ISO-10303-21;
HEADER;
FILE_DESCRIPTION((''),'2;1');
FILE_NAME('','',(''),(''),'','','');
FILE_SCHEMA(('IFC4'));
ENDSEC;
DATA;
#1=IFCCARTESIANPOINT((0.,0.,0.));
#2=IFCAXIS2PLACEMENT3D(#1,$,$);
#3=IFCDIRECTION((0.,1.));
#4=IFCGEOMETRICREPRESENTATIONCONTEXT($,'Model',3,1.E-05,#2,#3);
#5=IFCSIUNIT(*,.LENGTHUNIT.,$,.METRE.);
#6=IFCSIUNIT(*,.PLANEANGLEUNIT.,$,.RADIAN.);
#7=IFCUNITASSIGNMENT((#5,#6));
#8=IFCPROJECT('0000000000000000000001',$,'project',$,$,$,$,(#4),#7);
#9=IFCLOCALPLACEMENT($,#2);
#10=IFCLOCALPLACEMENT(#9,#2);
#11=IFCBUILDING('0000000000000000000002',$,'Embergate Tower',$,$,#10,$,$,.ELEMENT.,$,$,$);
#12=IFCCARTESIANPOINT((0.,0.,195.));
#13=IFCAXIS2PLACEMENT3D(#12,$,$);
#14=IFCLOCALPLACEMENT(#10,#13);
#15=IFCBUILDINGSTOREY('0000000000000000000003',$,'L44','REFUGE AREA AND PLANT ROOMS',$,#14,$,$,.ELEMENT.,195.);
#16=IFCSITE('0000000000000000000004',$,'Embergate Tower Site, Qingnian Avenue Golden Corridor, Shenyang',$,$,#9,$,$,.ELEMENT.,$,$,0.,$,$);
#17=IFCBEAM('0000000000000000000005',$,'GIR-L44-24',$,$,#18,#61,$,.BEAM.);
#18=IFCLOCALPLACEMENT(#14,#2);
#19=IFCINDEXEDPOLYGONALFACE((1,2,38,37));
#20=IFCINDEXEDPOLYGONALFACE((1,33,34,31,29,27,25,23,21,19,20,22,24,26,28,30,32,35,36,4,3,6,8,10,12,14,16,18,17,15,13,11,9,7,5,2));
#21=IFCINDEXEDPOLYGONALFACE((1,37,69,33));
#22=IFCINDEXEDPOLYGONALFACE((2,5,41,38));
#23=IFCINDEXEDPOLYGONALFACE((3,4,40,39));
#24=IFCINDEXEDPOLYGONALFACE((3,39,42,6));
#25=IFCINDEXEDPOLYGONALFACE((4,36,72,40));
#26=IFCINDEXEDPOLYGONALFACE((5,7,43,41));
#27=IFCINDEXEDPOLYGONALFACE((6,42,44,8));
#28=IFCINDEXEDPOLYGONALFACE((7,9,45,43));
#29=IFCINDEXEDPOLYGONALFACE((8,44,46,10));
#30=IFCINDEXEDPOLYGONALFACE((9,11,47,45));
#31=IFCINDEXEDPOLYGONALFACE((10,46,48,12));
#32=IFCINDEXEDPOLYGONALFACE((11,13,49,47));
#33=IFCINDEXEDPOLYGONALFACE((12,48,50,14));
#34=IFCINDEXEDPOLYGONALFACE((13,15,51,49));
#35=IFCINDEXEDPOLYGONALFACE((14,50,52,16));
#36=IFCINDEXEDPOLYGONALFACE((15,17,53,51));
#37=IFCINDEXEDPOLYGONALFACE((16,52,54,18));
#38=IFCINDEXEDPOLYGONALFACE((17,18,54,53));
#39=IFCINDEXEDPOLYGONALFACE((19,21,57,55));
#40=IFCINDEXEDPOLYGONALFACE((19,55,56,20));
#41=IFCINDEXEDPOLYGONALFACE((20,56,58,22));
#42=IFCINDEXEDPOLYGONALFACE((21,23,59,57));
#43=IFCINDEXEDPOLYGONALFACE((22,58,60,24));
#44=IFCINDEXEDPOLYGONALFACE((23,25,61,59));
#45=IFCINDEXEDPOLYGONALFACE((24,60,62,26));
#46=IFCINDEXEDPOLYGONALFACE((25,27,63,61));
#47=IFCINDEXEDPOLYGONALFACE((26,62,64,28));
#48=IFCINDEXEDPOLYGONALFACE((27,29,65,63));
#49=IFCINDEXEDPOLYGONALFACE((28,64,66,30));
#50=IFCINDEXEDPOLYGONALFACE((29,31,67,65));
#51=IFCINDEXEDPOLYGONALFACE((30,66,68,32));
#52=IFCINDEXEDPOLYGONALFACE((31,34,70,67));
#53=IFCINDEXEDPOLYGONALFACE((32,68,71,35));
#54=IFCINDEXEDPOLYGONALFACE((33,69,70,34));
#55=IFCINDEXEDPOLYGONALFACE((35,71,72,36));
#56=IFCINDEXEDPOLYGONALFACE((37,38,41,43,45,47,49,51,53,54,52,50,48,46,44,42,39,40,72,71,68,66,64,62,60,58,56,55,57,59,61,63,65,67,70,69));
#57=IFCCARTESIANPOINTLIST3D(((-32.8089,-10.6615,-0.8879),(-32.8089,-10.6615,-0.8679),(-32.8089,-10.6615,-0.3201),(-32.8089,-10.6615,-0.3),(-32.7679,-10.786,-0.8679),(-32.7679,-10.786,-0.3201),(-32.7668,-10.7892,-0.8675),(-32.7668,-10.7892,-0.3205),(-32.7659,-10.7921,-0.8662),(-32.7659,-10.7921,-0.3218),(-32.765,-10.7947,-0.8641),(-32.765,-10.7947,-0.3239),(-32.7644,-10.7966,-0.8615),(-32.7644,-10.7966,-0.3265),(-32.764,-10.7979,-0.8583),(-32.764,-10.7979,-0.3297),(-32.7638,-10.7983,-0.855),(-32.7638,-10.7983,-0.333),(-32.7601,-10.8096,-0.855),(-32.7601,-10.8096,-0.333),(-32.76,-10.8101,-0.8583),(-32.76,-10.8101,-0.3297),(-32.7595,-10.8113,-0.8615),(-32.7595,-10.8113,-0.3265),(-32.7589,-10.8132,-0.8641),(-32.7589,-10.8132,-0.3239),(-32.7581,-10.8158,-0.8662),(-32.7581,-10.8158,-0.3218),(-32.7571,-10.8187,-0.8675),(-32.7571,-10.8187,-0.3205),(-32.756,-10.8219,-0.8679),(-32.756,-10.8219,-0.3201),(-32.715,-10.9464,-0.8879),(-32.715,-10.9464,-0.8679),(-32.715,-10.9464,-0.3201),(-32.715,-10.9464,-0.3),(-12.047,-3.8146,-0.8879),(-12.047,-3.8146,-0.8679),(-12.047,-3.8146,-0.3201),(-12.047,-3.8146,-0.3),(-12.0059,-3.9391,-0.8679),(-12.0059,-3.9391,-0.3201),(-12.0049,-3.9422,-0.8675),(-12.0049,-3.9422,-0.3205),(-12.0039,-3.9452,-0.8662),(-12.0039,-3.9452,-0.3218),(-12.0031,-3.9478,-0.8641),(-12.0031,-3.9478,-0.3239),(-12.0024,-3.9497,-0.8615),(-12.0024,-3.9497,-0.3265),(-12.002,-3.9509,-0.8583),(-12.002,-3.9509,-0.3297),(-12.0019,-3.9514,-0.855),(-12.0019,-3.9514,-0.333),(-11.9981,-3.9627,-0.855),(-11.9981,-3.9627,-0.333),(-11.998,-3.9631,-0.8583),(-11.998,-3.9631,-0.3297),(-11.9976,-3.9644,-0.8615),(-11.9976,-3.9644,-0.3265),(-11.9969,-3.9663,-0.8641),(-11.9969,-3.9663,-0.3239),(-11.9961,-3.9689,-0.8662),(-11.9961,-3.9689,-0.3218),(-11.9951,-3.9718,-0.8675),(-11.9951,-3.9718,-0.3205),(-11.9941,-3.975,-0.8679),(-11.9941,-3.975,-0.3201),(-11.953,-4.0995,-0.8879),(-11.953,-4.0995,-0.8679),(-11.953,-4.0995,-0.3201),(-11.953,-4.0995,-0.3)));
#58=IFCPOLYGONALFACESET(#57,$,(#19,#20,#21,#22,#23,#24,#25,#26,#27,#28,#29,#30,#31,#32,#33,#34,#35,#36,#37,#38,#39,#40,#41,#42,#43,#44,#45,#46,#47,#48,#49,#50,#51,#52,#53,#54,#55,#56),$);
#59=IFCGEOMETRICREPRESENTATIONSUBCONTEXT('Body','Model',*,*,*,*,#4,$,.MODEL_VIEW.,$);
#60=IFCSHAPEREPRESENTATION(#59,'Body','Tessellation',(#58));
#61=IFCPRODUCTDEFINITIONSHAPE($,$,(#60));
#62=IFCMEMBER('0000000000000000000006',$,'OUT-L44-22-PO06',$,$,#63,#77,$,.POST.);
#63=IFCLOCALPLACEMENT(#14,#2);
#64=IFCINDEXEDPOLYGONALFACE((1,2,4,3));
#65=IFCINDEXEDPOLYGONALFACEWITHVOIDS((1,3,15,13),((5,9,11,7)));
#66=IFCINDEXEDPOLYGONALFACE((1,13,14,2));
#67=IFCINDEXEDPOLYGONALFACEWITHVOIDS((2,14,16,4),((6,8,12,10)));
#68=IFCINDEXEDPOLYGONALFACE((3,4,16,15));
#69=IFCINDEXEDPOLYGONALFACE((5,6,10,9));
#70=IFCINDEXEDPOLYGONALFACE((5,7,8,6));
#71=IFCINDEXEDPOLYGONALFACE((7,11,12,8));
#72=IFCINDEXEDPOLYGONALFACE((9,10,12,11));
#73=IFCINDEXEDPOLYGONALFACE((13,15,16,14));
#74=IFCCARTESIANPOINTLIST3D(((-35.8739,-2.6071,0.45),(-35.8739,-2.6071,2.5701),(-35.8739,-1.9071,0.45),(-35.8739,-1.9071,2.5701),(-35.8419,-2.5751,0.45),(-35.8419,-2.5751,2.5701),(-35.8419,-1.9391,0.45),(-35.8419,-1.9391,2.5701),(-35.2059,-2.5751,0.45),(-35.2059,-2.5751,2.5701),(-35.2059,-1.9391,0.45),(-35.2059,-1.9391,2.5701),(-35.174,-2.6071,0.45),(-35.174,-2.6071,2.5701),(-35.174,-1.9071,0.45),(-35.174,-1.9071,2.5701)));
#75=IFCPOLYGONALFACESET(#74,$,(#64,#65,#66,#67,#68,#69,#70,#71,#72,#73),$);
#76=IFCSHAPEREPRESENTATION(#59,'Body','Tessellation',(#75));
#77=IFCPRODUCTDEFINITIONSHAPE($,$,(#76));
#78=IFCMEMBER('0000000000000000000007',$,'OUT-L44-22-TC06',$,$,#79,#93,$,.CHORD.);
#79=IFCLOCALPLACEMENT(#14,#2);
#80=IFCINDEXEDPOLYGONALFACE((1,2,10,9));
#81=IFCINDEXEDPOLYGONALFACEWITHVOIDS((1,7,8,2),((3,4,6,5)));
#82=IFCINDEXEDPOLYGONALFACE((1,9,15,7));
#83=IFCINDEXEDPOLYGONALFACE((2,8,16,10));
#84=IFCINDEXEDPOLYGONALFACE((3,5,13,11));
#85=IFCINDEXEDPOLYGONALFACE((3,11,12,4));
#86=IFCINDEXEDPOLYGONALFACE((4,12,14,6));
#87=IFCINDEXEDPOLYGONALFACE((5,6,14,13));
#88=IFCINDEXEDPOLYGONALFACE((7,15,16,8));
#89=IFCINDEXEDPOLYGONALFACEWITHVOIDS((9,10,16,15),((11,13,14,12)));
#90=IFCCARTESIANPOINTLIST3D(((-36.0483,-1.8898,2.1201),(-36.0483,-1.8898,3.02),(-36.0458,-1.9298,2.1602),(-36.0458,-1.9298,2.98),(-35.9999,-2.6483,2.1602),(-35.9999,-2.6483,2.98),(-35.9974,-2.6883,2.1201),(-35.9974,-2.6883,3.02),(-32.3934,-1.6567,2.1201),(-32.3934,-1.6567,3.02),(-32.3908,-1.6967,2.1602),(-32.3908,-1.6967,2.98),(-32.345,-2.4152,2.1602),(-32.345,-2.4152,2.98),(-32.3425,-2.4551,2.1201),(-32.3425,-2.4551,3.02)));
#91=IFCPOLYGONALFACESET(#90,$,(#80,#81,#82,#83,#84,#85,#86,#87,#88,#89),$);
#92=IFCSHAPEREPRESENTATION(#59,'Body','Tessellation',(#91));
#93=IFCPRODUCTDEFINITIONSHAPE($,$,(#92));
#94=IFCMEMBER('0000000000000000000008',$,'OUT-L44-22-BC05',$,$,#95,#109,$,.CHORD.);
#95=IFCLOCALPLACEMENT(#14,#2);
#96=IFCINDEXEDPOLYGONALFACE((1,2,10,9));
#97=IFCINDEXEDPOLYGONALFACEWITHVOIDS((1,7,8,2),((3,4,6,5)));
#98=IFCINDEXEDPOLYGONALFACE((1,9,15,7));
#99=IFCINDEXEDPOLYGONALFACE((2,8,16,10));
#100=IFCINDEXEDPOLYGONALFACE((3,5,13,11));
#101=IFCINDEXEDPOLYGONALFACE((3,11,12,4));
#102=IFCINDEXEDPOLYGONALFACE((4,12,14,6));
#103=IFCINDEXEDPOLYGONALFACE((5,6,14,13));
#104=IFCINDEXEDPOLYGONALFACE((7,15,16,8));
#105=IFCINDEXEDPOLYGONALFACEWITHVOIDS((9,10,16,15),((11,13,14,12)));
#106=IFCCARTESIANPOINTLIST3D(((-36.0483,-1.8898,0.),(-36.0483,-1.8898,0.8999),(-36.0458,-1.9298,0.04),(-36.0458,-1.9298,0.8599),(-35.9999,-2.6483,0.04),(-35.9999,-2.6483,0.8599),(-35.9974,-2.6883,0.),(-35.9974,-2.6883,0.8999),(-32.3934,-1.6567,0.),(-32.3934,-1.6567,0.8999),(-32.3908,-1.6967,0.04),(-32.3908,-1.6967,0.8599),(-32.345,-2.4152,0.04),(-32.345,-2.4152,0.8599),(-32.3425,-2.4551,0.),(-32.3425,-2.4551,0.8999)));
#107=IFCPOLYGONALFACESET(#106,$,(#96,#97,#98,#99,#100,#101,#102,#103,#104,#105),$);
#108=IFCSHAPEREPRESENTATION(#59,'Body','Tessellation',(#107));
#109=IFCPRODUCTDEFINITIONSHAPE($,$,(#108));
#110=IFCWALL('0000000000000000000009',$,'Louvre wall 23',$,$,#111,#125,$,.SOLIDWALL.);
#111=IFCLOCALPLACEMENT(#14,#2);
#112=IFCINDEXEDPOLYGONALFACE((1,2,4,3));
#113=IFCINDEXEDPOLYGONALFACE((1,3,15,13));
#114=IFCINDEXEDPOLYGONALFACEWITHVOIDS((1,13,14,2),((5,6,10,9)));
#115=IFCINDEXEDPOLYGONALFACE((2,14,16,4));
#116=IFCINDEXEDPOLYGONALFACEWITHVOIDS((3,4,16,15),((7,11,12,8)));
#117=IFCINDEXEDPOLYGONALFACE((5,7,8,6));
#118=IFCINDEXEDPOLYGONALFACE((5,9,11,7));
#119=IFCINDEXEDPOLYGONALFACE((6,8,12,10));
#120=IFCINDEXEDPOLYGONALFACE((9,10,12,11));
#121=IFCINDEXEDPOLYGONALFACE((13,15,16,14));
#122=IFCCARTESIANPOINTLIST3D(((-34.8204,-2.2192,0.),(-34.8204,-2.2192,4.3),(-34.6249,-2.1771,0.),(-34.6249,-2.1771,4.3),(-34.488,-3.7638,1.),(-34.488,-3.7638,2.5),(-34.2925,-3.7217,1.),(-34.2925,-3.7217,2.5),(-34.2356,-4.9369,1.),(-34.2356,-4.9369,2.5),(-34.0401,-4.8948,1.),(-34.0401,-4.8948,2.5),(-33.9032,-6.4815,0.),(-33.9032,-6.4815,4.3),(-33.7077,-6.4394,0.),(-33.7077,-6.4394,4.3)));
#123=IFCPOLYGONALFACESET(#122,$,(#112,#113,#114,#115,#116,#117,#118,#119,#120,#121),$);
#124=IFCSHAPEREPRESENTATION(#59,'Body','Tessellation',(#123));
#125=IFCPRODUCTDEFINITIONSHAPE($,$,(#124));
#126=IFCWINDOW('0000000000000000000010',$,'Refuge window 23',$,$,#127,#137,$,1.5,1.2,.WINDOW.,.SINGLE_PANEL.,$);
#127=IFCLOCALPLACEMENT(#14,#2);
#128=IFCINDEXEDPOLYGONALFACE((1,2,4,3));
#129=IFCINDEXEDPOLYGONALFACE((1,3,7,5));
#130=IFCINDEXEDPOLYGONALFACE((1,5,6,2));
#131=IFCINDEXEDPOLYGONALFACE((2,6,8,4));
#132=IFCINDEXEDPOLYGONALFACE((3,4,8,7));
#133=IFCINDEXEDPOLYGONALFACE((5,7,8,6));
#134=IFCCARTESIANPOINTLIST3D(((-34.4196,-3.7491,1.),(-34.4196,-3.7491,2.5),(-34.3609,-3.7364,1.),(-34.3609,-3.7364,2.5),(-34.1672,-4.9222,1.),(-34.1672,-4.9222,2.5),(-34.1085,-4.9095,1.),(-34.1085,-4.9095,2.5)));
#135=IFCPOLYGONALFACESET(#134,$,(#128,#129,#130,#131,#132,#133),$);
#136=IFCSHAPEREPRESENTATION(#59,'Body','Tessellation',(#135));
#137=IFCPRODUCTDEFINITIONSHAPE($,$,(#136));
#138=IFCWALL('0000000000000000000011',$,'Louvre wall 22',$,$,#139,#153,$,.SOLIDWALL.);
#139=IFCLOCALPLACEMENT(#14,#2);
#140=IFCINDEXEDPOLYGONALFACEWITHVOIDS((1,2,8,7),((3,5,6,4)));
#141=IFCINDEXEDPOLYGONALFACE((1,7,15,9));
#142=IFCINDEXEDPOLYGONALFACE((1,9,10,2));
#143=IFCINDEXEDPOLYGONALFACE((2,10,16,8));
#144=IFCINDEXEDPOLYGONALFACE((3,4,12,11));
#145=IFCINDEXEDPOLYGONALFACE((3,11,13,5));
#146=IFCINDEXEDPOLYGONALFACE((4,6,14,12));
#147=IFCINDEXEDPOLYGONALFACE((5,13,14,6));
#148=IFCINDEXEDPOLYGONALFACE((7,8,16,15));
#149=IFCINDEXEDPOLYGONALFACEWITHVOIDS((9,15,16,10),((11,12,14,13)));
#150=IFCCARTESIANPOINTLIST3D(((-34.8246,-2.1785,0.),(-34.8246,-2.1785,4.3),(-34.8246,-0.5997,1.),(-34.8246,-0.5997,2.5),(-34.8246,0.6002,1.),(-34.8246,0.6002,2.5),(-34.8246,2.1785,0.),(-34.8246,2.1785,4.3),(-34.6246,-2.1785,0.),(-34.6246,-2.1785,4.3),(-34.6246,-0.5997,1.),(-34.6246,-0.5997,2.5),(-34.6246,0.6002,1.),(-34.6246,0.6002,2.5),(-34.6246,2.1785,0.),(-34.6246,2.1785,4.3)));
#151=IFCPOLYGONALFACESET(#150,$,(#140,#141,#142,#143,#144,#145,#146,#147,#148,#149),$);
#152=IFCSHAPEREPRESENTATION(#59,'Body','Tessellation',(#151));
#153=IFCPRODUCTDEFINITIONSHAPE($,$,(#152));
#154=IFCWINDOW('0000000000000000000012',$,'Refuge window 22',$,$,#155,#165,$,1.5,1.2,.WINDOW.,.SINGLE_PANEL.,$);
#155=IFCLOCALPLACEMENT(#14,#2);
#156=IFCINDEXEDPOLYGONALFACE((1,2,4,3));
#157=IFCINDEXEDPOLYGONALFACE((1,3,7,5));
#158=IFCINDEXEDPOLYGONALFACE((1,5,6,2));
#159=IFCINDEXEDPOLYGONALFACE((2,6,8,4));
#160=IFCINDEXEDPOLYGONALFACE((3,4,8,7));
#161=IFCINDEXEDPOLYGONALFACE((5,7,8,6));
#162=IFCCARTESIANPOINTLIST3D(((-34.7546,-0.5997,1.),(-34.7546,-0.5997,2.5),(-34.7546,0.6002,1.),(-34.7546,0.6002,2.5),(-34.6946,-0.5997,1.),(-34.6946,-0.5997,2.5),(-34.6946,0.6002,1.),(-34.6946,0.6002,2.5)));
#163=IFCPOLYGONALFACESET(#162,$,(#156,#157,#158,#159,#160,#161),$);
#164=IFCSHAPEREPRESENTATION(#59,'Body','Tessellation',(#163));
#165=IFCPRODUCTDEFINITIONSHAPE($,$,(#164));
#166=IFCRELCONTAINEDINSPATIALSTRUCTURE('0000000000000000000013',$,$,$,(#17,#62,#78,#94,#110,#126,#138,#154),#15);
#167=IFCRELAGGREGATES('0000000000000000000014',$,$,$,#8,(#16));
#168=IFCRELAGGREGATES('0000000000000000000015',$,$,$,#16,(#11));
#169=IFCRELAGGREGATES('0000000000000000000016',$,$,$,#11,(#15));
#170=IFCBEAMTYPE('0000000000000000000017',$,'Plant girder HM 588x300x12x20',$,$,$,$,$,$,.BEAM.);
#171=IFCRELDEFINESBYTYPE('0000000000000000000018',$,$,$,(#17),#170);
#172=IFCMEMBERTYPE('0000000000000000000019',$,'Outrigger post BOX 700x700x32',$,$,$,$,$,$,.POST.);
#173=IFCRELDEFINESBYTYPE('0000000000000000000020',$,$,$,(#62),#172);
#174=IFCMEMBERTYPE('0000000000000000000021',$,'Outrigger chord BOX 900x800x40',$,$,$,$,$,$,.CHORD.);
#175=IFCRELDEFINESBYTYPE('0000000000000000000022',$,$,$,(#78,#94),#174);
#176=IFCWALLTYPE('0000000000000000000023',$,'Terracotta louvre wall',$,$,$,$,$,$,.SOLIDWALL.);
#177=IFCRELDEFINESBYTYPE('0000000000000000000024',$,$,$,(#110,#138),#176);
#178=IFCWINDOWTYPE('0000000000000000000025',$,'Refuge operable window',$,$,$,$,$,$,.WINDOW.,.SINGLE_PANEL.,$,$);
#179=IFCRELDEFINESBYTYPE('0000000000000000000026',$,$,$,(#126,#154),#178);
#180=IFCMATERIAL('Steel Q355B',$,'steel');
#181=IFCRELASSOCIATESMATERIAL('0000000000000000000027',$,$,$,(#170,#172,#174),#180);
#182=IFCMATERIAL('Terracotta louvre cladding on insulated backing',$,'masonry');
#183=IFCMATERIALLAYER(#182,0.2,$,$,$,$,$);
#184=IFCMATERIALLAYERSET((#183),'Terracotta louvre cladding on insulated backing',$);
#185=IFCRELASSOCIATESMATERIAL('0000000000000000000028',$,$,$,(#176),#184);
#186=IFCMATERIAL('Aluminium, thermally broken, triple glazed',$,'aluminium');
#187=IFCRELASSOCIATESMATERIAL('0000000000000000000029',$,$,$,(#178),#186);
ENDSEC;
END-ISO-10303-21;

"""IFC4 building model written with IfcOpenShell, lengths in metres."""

from ifc_helpers import new_model, si_unit, direction, frame, frame_2d, origin, origin_2d, place, context, subcontext, project, spatial, rectangle, hollow_rectangle, i_section, extrude, source, transform, mapped, material, layer, layer_set, material_profile, profile_set, type_object, element, fill, save


model = new_model("IFC4")

# Units and contexts
model_context = context("Model", 3, precision=1e-05, world=origin(), true_north=direction((0.0, 1.0)))
body_context = subcontext(model_context, "Body", "Model", "MODEL_VIEW")
ifc_project = project(units=[si_unit("LENGTHUNIT", "METRE"), si_unit("PLANEANGLEUNIT", "RADIAN")], contexts=[model_context])

# Site, building, storey
site_placement = place(None, origin())
site = spatial("IfcSite", under=ifc_project, at=site_placement, Name="Embergate Tower Site, Qingnian Avenue Golden Corridor, Shenyang", CompositionType="ELEMENT", RefElevation=0.0)
building_placement = place(site_placement, origin())
building = spatial("IfcBuilding", under=site, at=building_placement, Name="Embergate Tower", CompositionType="ELEMENT")
storey_placement = place(building_placement, frame((0.0, 0.0, 195.0)))
storey = spatial("IfcBuildingStorey", under=building, at=storey_placement, Name="L44", Description="REFUGE AREA AND PLANT ROOMS", CompositionType="ELEMENT", Elevation=195.0)

# Beam
ifc_material_1 = material(Name="Steel Q355B", Category="steel")
ifc_material_profile_1 = material_profile(ifc_material_1, i_section(OverallWidth=0.3, OverallDepth=0.5879, WebThickness=0.012, FlangeThickness=0.02, FilletRadius=0.0129, at=origin_2d()), Name="HM 588x300x12x20")
ifc_profile_set_1 = profile_set([ifc_material_profile_1], Name="Steel Q355 grade B")
beam_type_1 = type_object("IfcBeamType", Name="Plant girder HM 588x300x12x20", PredefinedType="BEAM", material=ifc_profile_set_1)
shared_shape_1 = source(origin(), body_context, "Body", "SweptSolid", [
    extrude(i_section(OverallWidth=0.3, OverallDepth=0.5879, WebThickness=0.012, FlangeThickness=0.02, FilletRadius=0.0129, at=origin_2d()), origin(), (0.0, 0.0, 1.0), 21.8618),
])
beam_1_placement = place(storey_placement, frame((-32.762, -10.804, -0.594), z_axis=(0.94969, 0.313191, 0.0), x_axis=(-0.313191, 0.94969, 0.0)))
element("IfcBeam", 1, at=beam_1_placement, inside=storey, type_object=beam_type_1, Name="GIR-L44-24", PredefinedType="BEAM", context=body_context, shape_type="MappedRepresentation", body=[
    mapped(shared_shape_1, transform((0.0, 0.0, 0.0))),
])

# Members
ifc_material_profile_2 = material_profile(ifc_material_1, hollow_rectangle(XDim=0.7, YDim=0.7, WallThickness=0.032, at=origin_2d()), Name="BOX 700x700x32")
ifc_profile_set_2 = profile_set([ifc_material_profile_2], Name="Steel Q355 grade B")
member_type_1 = type_object("IfcMemberType", Name="Outrigger post BOX 700x700x32", PredefinedType="POST", material=ifc_profile_set_2)
shared_shape_2 = source(origin(), body_context, "Body", "SweptSolid", [
    extrude(hollow_rectangle(XDim=0.7, YDim=0.7, WallThickness=0.032, at=origin_2d()), origin(), (0.0, 0.0, 1.0), 2.1201),
])
member_placement = place(storey_placement, frame((-35.5239, -2.2571, 0.45), z_axis=(0.0, 0.0, 1.0), x_axis=(1.0, 0.0, 0.0)))
element("IfcMember", 2, at=member_placement, inside=storey, type_object=member_type_1, Name="OUT-L44-22-PO06", PredefinedType="POST", context=body_context, shape_type="MappedRepresentation", body=[
    mapped(shared_shape_2, transform((0.0, 0.0, 0.0))),
])
ifc_material_profile_3 = material_profile(ifc_material_1, hollow_rectangle(XDim=0.8, YDim=0.8999, WallThickness=0.04, at=origin_2d()), Name="BOX 900x800x40")
ifc_profile_set_3 = profile_set([ifc_material_profile_3], Name="Steel Q355 grade B")
member_type_2 = type_object("IfcMemberType", Name="Outrigger chord BOX 900x800x40", PredefinedType="CHORD", material=ifc_profile_set_3)
shared_shape_3 = source(origin(), body_context, "Body", "SweptSolid", [
    extrude(hollow_rectangle(XDim=0.8, YDim=0.8999, WallThickness=0.04, at=origin_2d()), origin(), (0.0, 0.0, 1.0), 3.6624),
])
for number, where, z_axis, x_axis, name in (
    (3, (-32.3679, -2.0559, 2.5701), (-0.997972, -0.063661, 0.0), (0.063661, -0.997972, 0.0), "OUT-L44-22-TC06"),
    (4, (-32.3679, -2.0559, 0.45), (-0.997972, -0.063661, 0.0), (0.063661, -0.997972, 0.0), "OUT-L44-22-BC05"),
):
    element("IfcMember", number, at=place(storey_placement, frame(where, z_axis=z_axis, x_axis=x_axis)), inside=storey, type_object=member_type_2, Name=name, PredefinedType="CHORD", context=body_context, shape_type="MappedRepresentation", body=[
        mapped(shared_shape_3, transform((0.0, 0.0, 0.0))),
    ])

# Walls, openings, windows
ifc_material_2 = material(Name="Terracotta louvre cladding on insulated backing", Category="masonry")
ifc_layer_1 = layer(ifc_material_2, 0.2)
ifc_layer_set_1 = layer_set([ifc_layer_1], Name="Terracotta louvre cladding on insulated backing")
wall_type_1 = type_object("IfcWallType", Name="Terracotta louvre wall", PredefinedType="SOLIDWALL", material=ifc_layer_set_1)
shared_shape_4 = source(origin(), body_context, "Body", "SweptSolid", [
    extrude(rectangle(XDim=4.3599, YDim=0.2, at=frame_2d((2.1799, 0.0))), origin(), (0.0, 0.0, 1.0), 4.3),
])
wall_1_placement = place(storey_placement, frame((-33.8054, -6.4604, 0.0), z_axis=(0.0, 0.0, 1.0), x_axis=(-0.210386, 0.977618, 0.0)))
wall_1 = element("IfcWall", 5, at=wall_1_placement, inside=storey, type_object=wall_type_1, Name="Louvre wall 23", PredefinedType="SOLIDWALL", context=body_context, shape_type="MappedRepresentation", body=[
    mapped(shared_shape_4, transform((0.0, 0.0, 0.0))),
])
shared_shape_5 = source(origin(), body_context, "Body", "SweptSolid", [
    extrude(rectangle(XDim=1.2, YDim=1.5, at=frame_2d((0.6001, 0.75))), frame((0.0, 0.1099, 0.0), z_axis=(0.0, -1.0, 0.0), x_axis=(1.0, 0.0, 0.0)), (0.0, 0.0, 1.0), 0.22),
])
opening_1_placement = place(wall_1_placement, frame((1.5798, 0.0, 1.0)))
opening_1 = element("IfcOpeningElement", 6, at=opening_1_placement, cuts=wall_1, PredefinedType="OPENING", context=body_context, shape_type="MappedRepresentation", body=[
    mapped(shared_shape_5, transform((0.0, 0.0, 0.0))),
])
ifc_material_3 = material(Name="Aluminium, thermally broken, triple glazed", Category="aluminium")
window_type = type_object("IfcWindowType", Name="Refuge operable window", PartitioningType="SINGLE_PANEL", PredefinedType="WINDOW", material=ifc_material_3)
shared_shape_6 = source(origin(), body_context, "Body", "SweptSolid", [
    extrude(rectangle(XDim=1.2, YDim=1.5, at=frame_2d((0.6001, 0.75))), frame((0.0, 0.03, 0.0), z_axis=(0.0, -1.0, 0.0), x_axis=(1.0, 0.0, 0.0)), (0.0, 0.0, 1.0), 0.0601),
])
window_1_placement = place(opening_1_placement, origin())
window_1 = element("IfcWindow", 7, at=window_1_placement, inside=storey, type_object=window_type, Name="Refuge window 23", OverallHeight=1.5, OverallWidth=1.2, PartitioningType="SINGLE_PANEL", PredefinedType="WINDOW", context=body_context, shape_type="MappedRepresentation", body=[
    mapped(shared_shape_6, transform((0.0, 0.0, 0.0))),
])
fill(opening_1, window_1)
shared_shape_7 = source(origin(), body_context, "Body", "SweptSolid", [
    extrude(rectangle(XDim=4.3569, YDim=0.2, at=frame_2d((2.1785, 0.0))), origin(), (0.0, 0.0, 1.0), 4.3),
])
wall_2_placement = place(storey_placement, frame((-34.7246, -2.1785, 0.0), z_axis=(0.0, 0.0, 1.0), x_axis=(0.0, 1.0, 0.0)))
wall_2 = element("IfcWall", 8, at=wall_2_placement, inside=storey, type_object=wall_type_1, Name="Louvre wall 22", PredefinedType="SOLIDWALL", context=body_context, shape_type="MappedRepresentation", body=[
    mapped(shared_shape_7, transform((0.0, 0.0, 0.0))),
])
opening_2_placement = place(wall_2_placement, frame((1.5786, 0.0, 1.0)))
opening_2 = element("IfcOpeningElement", 9, at=opening_2_placement, cuts=wall_2, PredefinedType="OPENING", context=body_context, shape_type="MappedRepresentation", body=[
    mapped(shared_shape_5, transform((0.0, 0.0, 0.0))),
])
window_2_placement = place(opening_2_placement, origin())
window_2 = element("IfcWindow", 10, at=window_2_placement, inside=storey, type_object=window_type, Name="Refuge window 22", OverallHeight=1.5, OverallWidth=1.2, PartitioningType="SINGLE_PANEL", PredefinedType="WINDOW", context=body_context, shape_type="MappedRepresentation", body=[
    mapped(shared_shape_6, transform((0.0, 0.0, 0.0))),
])
fill(opening_2, window_2)

save(model, "model.ifc")
